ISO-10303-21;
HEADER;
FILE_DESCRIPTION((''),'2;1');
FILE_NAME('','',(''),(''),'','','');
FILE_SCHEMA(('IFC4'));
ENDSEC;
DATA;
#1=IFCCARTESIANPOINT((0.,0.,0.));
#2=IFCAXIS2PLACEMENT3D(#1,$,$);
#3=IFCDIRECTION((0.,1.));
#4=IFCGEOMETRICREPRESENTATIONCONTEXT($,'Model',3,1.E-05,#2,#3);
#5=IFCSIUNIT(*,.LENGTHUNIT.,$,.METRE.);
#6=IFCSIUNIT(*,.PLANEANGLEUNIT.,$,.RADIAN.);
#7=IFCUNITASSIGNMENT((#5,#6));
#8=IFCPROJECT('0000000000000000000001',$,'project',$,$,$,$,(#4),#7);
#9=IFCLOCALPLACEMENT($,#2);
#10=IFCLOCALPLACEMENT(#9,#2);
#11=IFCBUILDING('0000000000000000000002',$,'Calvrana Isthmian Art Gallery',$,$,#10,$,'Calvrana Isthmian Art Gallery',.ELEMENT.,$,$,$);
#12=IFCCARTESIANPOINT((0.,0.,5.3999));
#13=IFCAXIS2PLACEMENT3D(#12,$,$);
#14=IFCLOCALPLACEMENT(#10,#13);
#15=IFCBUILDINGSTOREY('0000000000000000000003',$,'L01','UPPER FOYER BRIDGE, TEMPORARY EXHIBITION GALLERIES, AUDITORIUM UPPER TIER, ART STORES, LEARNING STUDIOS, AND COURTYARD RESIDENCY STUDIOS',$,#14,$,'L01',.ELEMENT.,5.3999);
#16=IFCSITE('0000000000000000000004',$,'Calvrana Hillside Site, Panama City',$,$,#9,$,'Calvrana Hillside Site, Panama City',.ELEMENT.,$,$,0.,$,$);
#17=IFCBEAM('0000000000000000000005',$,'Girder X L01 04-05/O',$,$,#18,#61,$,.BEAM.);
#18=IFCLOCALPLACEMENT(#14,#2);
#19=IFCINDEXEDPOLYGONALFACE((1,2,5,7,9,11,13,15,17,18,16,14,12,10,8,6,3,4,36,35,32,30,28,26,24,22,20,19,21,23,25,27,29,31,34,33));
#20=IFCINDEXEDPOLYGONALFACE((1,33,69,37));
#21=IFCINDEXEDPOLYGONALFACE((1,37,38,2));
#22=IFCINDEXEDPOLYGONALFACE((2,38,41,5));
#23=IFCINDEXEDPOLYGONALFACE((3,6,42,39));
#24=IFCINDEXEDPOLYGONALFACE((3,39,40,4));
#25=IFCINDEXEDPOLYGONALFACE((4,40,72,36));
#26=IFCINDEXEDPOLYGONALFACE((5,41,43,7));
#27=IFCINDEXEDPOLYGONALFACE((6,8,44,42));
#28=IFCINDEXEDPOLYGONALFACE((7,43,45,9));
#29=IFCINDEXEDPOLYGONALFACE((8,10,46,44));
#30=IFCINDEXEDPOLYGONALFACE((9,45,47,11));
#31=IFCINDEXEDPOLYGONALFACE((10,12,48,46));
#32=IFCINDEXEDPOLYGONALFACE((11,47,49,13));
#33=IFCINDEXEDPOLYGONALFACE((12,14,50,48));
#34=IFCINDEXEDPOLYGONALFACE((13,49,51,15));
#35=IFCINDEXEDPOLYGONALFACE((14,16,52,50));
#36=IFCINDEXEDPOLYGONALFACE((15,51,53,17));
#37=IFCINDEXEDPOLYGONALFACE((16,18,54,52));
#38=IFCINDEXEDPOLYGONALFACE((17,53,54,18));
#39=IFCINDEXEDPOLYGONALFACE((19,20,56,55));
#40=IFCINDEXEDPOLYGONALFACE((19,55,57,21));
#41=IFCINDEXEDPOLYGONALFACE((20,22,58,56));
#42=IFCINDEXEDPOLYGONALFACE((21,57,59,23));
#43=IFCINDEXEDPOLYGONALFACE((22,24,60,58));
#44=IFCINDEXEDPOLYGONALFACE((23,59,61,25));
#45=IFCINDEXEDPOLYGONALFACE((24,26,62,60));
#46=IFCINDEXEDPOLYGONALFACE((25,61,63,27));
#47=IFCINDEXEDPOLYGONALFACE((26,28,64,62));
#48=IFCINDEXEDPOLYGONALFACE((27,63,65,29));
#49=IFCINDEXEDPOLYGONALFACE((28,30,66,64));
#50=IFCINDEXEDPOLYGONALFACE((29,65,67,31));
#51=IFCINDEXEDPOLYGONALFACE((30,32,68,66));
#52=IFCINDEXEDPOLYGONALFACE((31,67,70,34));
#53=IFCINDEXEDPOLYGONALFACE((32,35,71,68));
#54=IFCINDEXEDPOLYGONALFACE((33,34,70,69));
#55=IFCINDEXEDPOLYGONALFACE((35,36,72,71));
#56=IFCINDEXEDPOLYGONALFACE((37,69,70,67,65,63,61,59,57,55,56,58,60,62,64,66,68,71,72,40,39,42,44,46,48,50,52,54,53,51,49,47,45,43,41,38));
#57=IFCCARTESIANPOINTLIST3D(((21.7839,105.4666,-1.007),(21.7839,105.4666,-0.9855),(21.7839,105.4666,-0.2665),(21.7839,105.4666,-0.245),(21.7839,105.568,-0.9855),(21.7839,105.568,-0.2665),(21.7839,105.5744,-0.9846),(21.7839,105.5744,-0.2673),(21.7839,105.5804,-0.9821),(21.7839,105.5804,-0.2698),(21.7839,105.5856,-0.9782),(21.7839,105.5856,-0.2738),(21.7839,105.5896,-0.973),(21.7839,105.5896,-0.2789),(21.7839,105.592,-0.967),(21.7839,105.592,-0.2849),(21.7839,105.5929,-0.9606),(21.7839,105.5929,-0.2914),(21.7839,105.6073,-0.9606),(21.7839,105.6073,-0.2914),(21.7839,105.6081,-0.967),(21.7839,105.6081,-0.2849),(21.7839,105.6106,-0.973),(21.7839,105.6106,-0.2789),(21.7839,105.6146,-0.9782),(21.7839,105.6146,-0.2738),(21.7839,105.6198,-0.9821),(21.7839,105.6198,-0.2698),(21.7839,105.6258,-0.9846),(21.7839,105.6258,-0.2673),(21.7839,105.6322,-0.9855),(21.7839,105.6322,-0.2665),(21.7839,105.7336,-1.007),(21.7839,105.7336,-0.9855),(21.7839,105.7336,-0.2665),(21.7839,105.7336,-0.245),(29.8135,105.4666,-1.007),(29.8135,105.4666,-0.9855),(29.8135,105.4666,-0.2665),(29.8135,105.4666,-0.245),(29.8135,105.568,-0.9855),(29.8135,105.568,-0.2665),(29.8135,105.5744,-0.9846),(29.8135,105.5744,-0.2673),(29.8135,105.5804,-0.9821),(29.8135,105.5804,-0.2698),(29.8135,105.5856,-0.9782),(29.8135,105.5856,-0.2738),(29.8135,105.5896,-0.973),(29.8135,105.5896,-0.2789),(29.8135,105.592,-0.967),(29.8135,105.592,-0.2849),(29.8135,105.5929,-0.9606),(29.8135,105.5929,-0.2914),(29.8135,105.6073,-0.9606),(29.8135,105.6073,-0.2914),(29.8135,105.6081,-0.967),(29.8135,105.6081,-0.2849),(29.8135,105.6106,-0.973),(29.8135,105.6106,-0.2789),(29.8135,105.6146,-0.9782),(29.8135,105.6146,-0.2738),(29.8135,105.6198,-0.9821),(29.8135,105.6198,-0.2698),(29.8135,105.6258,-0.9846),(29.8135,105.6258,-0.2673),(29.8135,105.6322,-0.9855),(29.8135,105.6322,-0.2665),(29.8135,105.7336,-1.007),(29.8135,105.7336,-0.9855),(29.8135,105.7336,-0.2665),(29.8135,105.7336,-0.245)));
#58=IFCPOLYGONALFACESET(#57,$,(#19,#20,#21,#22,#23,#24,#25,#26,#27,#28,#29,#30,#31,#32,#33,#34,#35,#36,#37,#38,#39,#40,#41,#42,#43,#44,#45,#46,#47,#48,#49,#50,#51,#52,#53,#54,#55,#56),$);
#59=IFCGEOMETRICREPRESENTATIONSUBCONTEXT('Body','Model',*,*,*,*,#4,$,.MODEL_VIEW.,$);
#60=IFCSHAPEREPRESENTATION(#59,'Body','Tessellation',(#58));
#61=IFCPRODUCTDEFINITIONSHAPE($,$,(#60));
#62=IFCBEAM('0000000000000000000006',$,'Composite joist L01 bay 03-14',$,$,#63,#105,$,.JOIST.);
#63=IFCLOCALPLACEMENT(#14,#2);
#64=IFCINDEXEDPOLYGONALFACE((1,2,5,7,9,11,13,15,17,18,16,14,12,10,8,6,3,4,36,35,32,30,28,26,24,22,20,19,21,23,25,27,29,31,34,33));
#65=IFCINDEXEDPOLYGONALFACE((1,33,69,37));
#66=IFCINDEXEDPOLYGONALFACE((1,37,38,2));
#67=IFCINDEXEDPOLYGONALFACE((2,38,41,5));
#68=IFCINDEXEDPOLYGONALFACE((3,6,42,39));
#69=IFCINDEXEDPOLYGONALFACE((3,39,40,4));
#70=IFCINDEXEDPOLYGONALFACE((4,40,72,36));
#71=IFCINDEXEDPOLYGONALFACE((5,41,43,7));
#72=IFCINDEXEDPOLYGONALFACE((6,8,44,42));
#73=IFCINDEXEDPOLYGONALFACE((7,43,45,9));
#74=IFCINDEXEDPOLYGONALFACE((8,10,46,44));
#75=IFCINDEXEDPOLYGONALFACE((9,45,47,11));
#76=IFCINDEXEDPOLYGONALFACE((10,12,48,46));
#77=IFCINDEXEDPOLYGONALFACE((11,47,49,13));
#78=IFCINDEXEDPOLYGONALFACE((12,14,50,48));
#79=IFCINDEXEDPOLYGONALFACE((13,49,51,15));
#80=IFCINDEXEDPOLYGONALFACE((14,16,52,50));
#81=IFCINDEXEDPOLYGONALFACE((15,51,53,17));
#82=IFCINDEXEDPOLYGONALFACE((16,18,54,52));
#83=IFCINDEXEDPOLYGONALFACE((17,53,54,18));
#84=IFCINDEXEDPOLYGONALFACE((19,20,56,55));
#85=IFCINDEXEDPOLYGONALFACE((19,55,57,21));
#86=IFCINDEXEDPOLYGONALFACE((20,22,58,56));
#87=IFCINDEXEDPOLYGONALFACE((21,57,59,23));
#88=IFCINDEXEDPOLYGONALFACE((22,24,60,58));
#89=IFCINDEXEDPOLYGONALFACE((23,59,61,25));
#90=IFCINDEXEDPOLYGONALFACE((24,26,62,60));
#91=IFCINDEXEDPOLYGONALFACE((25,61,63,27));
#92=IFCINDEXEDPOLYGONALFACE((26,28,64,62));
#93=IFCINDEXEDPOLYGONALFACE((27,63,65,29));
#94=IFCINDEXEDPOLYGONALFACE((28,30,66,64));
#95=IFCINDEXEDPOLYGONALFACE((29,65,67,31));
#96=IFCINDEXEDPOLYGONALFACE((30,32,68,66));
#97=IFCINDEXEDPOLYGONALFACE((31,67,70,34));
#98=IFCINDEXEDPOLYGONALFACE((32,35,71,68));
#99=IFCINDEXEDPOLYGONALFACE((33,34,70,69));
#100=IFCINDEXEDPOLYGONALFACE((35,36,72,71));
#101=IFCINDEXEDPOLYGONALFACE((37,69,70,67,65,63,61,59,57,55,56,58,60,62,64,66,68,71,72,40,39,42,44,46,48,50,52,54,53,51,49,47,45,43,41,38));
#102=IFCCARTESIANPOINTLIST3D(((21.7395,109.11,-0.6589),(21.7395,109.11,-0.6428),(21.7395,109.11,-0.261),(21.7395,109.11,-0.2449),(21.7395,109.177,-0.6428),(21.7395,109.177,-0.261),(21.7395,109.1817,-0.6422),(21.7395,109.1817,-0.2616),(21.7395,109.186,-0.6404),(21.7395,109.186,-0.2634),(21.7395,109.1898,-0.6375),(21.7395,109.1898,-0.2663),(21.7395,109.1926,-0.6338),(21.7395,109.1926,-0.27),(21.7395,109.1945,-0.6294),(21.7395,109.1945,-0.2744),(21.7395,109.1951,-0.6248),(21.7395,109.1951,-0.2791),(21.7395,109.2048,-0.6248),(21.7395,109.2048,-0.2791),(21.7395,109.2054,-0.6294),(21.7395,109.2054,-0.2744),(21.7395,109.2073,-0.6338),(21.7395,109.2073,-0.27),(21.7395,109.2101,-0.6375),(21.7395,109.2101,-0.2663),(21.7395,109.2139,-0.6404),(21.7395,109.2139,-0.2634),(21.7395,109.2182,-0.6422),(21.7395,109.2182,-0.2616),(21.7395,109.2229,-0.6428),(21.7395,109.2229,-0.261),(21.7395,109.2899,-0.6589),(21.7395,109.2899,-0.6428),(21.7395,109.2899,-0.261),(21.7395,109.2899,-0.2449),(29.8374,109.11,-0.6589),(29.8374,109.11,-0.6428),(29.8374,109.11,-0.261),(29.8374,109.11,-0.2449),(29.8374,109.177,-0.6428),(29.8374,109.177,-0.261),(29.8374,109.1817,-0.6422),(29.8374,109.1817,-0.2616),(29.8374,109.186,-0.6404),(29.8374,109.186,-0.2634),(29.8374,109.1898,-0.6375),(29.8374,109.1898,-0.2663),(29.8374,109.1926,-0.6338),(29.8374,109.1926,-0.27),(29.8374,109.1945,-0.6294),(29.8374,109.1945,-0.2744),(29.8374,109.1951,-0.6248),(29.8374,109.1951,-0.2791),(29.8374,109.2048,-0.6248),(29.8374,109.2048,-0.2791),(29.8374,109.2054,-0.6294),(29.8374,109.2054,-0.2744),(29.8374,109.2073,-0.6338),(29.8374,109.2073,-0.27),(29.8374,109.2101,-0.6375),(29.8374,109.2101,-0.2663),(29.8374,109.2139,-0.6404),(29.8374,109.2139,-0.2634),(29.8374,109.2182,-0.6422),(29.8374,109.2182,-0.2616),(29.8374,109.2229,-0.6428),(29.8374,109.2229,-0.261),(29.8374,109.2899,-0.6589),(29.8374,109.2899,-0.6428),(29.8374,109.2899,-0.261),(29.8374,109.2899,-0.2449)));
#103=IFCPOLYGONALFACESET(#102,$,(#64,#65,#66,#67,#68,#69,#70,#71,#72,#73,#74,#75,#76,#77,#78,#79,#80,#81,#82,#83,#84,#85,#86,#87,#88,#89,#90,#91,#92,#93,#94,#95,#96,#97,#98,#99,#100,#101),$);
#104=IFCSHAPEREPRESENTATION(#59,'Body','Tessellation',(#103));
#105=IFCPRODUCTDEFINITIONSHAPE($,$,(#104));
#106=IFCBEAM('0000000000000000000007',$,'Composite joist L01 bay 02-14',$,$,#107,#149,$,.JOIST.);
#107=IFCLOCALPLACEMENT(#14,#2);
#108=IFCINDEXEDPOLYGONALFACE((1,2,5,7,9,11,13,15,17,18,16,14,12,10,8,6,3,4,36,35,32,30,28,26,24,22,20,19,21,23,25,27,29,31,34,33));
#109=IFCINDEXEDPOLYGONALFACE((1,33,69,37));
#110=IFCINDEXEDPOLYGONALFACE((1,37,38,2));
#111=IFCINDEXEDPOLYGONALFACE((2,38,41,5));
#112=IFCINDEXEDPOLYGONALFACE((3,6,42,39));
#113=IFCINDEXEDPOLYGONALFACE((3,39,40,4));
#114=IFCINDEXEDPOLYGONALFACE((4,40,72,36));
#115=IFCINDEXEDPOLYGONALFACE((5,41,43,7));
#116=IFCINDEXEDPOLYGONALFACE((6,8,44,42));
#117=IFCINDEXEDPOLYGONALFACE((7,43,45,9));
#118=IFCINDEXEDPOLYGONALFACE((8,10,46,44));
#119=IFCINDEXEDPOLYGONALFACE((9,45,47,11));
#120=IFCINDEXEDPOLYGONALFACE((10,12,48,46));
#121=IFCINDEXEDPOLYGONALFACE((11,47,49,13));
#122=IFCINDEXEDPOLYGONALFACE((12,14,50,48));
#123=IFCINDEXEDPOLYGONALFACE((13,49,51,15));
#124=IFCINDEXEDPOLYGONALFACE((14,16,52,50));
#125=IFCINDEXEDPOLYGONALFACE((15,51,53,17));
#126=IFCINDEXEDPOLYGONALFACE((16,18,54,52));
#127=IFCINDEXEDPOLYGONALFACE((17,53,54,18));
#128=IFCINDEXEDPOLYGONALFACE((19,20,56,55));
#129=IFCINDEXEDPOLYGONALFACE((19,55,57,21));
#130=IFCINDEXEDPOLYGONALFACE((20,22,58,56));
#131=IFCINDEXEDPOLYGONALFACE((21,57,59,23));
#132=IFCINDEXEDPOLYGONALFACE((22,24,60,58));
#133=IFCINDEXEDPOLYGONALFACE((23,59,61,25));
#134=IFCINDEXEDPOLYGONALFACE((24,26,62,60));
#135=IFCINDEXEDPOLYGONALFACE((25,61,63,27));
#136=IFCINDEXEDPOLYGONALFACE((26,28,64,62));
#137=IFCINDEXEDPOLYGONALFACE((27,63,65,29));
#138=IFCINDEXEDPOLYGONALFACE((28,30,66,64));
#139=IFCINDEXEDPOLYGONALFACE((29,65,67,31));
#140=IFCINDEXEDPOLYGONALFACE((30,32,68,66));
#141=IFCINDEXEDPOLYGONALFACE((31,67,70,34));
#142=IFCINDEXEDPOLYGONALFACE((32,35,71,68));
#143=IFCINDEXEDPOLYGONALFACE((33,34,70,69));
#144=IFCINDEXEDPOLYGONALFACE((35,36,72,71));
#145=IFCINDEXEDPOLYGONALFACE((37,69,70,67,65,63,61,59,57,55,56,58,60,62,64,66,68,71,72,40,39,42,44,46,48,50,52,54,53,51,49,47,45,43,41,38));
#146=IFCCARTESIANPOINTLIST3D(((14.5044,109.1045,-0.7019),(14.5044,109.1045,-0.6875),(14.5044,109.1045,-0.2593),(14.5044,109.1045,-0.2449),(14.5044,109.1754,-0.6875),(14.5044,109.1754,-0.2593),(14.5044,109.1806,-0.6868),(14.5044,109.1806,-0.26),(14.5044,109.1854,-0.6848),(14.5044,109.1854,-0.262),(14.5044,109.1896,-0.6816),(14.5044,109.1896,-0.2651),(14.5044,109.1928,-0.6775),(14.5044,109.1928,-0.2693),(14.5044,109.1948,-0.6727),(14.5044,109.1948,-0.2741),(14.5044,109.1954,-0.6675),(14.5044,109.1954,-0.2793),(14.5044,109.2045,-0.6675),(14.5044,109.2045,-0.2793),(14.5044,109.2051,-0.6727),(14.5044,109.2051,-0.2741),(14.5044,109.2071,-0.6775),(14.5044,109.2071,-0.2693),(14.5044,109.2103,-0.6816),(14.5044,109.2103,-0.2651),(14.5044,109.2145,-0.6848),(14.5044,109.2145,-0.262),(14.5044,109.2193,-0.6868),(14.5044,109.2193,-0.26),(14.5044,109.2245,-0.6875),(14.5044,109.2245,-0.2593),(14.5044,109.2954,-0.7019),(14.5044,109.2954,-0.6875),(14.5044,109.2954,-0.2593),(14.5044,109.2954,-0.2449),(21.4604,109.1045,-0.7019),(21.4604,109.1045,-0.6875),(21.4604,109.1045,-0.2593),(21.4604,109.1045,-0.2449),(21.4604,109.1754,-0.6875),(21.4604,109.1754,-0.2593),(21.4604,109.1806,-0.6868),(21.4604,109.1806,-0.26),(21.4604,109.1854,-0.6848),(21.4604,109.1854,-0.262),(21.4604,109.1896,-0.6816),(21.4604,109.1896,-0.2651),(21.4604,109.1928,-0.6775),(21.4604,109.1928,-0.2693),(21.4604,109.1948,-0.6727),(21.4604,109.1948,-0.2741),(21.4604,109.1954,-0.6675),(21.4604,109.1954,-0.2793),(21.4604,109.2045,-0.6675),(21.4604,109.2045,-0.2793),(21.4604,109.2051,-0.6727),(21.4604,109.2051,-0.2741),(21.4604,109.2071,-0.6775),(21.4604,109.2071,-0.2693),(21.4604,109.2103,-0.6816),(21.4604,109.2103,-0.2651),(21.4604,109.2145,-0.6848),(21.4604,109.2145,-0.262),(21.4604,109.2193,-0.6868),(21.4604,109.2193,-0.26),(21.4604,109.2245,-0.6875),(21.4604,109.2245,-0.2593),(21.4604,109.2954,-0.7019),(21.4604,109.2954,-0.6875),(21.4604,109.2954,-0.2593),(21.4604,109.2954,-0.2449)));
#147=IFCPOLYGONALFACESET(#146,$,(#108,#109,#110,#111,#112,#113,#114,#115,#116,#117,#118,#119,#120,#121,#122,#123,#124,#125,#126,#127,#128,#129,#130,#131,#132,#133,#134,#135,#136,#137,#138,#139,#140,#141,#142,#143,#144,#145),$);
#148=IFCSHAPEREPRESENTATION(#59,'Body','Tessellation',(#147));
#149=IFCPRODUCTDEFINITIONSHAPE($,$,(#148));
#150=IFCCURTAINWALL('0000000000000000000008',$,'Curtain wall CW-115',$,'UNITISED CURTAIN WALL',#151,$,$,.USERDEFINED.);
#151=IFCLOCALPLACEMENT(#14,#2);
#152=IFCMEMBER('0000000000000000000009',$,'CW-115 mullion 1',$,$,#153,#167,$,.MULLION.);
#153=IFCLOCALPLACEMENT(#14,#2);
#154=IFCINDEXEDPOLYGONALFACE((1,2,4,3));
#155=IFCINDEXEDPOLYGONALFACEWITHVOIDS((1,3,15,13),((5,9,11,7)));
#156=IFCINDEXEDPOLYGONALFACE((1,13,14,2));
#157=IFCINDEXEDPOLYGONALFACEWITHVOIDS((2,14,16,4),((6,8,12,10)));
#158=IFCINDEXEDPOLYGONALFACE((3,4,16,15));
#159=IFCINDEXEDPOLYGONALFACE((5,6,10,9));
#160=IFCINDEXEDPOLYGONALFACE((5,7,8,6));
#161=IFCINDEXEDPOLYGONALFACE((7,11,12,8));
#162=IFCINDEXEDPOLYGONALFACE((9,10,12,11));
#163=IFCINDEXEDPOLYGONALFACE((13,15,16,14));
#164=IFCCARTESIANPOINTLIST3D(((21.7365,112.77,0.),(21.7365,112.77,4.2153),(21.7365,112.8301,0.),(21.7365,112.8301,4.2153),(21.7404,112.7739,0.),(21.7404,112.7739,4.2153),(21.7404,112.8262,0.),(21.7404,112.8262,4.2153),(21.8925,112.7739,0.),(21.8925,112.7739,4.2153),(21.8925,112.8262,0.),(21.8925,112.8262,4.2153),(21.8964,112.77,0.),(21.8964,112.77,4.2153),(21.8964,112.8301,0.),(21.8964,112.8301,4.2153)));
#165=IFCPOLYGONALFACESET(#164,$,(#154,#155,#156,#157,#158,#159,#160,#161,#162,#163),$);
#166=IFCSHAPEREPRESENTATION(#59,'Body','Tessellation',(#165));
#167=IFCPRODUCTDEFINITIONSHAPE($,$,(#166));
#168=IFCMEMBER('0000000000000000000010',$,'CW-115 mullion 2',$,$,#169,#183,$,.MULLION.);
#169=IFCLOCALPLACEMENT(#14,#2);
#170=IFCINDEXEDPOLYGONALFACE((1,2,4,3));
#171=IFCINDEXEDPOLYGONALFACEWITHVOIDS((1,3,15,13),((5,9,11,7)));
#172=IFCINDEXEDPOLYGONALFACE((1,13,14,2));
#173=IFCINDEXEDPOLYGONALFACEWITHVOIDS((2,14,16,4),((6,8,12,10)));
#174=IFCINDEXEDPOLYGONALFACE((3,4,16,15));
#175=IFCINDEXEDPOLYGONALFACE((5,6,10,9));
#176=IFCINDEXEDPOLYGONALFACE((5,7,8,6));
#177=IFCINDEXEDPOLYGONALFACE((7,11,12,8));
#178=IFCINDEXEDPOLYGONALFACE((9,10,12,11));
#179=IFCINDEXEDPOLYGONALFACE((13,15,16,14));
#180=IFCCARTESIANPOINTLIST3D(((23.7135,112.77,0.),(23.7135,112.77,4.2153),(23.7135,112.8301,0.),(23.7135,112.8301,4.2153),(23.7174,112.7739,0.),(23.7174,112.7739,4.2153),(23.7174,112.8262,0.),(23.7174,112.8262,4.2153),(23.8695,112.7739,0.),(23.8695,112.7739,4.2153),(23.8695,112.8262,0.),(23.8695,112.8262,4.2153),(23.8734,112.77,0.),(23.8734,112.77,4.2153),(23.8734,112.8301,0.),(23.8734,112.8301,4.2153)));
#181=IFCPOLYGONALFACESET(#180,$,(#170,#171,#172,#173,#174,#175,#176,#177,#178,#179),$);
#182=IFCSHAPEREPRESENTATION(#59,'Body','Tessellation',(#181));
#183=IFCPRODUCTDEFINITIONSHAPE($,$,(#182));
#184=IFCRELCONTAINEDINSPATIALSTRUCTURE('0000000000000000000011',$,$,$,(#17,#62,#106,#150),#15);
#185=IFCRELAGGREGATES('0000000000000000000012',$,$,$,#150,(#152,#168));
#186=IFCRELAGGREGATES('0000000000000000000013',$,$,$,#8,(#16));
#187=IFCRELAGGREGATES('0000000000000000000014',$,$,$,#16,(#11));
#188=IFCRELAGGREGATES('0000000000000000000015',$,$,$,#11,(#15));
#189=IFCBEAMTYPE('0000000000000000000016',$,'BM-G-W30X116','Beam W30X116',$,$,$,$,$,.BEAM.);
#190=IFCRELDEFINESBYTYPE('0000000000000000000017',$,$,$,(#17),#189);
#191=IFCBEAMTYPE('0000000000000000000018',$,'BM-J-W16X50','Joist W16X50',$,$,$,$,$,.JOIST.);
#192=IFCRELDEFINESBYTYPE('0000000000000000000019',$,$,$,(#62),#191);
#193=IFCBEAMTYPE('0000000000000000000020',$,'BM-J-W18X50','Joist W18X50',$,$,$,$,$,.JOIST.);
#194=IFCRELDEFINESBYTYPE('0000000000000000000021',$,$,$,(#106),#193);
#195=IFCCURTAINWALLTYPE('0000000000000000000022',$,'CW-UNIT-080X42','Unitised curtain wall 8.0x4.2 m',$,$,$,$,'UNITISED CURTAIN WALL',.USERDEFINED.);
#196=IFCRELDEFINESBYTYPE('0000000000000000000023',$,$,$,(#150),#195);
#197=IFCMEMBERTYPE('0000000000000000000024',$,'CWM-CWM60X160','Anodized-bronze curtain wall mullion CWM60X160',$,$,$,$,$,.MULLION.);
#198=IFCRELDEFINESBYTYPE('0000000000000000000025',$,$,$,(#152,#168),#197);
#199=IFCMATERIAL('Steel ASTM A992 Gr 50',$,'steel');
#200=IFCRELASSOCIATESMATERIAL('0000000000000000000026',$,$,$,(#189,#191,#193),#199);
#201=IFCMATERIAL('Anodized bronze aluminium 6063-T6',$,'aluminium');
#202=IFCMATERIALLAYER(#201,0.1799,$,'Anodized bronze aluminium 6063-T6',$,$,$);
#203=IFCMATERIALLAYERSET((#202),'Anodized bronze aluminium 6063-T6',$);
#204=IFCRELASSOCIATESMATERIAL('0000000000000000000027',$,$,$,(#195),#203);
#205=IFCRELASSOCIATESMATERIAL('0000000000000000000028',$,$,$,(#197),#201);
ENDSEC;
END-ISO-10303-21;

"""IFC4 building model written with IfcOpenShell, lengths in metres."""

from ifc_helpers import new_model, si_unit, direction, frame, origin, origin_2d, place, context, subcontext, project, spatial, hollow_rectangle, i_section, extrude, material, layer, layer_set, material_profile, profile_set, type_object, element, aggregate, save


model = new_model("IFC4")

# Units and contexts
model_context = context("Model", 3, precision=1e-05, world=origin(), true_north=direction((0.0, 1.0)))
body_context = subcontext(model_context, "Body", "Model", "MODEL_VIEW")
ifc_project = project(units=[si_unit("LENGTHUNIT", "METRE"), si_unit("PLANEANGLEUNIT", "RADIAN")], contexts=[model_context])

# Site, building, storey
site_placement = place(None, origin())
site = spatial("IfcSite", under=ifc_project, at=site_placement, Name="Calvrana Hillside Site, Panama City", LongName="Calvrana Hillside Site, Panama City", CompositionType="ELEMENT", RefElevation=0.0)
building_placement = place(site_placement, origin())
building = spatial("IfcBuilding", under=site, at=building_placement, Name="Calvrana Isthmian Art Gallery", LongName="Calvrana Isthmian Art Gallery", CompositionType="ELEMENT")
storey_placement = place(building_placement, frame((0.0, 0.0, 5.3999)))
storey = spatial("IfcBuildingStorey", under=building, at=storey_placement, Name="L01", Description="UPPER FOYER BRIDGE, TEMPORARY EXHIBITION GALLERIES, AUDITORIUM UPPER TIER, ART STORES, LEARNING STUDIOS, AND COURTYARD RESIDENCY STUDIOS", LongName="L01", CompositionType="ELEMENT", Elevation=5.3999)

# Shared definitions
ifc_material_1 = material(Name="Steel ASTM A992 Gr 50", Category="steel")

# Beams
ifc_material_profile_1 = material_profile(ifc_material_1, i_section(OverallWidth=0.2671, OverallDepth=0.762, WebThickness=0.0144, FlangeThickness=0.0215, FilletRadius=0.0249, at=origin_2d()), Name="W30X116")
ifc_profile_set_1 = profile_set([ifc_material_profile_1], Name="Steel ASTM A992 Gr 50")
beam_type_1 = type_object("IfcBeamType", Name="BM-G-W30X116", Description="Beam W30X116", PredefinedType="BEAM", material=ifc_profile_set_1)
beam_1_placement = place(storey_placement, frame((21.7839, 105.6001, -0.626), z_axis=(1.0, 0.0, 0.0), x_axis=(0.0, 1.0, 0.0)))
element("IfcBeam", 1, at=beam_1_placement, inside=storey, type_object=beam_type_1, Name="Girder X L01 04-05/O", PredefinedType="BEAM", context=body_context, shape_type="SweptSolid", body=[
    extrude(i_section(OverallWidth=0.2671, OverallDepth=0.762, WebThickness=0.0144, FlangeThickness=0.0215, FilletRadius=0.0249, at=origin_2d()), origin(), (0.0, 0.0, 1.0), 8.0295),
])
ifc_material_profile_2 = material_profile(ifc_material_1, i_section(OverallWidth=0.1799, OverallDepth=0.4141, WebThickness=0.0098, FlangeThickness=0.0161, FilletRadius=0.0181, at=origin_2d()), Name="W16X50")
ifc_profile_set_2 = profile_set([ifc_material_profile_2], Name="Steel ASTM A992 Gr 50")
beam_type_2 = type_object("IfcBeamType", Name="BM-J-W16X50", Description="Joist W16X50", PredefinedType="JOIST", material=ifc_profile_set_2)
beam_2_placement = place(storey_placement, frame((21.7395, 109.2, -0.4519), z_axis=(1.0, 0.0, 0.0), x_axis=(0.0, 1.0, 0.0)))
element("IfcBeam", 2, at=beam_2_placement, inside=storey, type_object=beam_type_2, Name="Composite joist L01 bay 03-14", PredefinedType="JOIST", context=body_context, shape_type="SweptSolid", body=[
    extrude(i_section(OverallWidth=0.1799, OverallDepth=0.4141, WebThickness=0.0098, FlangeThickness=0.0161, FilletRadius=0.0181, at=origin_2d()), origin(), (0.0, 0.0, 1.0), 8.0979),
])
ifc_material_profile_3 = material_profile(ifc_material_1, i_section(OverallWidth=0.1909, OverallDepth=0.457, WebThickness=0.009, FlangeThickness=0.0144, FilletRadius=0.02, at=origin_2d()), Name="W18X50")
ifc_profile_set_3 = profile_set([ifc_material_profile_3], Name="Steel ASTM A992 Gr 50")
beam_type_3 = type_object("IfcBeamType", Name="BM-J-W18X50", Description="Joist W18X50", PredefinedType="JOIST", material=ifc_profile_set_3)
beam_3_placement = place(storey_placement, frame((14.5044, 109.2, -0.4734), z_axis=(1.0, 0.0, 0.0), x_axis=(0.0, 1.0, 0.0)))
element("IfcBeam", 3, at=beam_3_placement, inside=storey, type_object=beam_type_3, Name="Composite joist L01 bay 02-14", PredefinedType="JOIST", context=body_context, shape_type="SweptSolid", body=[
    extrude(i_section(OverallWidth=0.1909, OverallDepth=0.457, WebThickness=0.009, FlangeThickness=0.0144, FilletRadius=0.02, at=origin_2d()), origin(), (0.0, 0.0, 1.0), 6.9561),
])

# Curtain wall, members
ifc_material_2 = material(Name="Anodized bronze aluminium 6063-T6", Category="aluminium")
ifc_layer_1 = layer(ifc_material_2, 0.1799, Name="Anodized bronze aluminium 6063-T6")
ifc_layer_set_1 = layer_set([ifc_layer_1], Name="Anodized bronze aluminium 6063-T6")
curtain_wall_type = type_object("IfcCurtainWallType", Name="CW-UNIT-080X42", Description="Unitised curtain wall 8.0x4.2 m", ElementType="UNITISED CURTAIN WALL", PredefinedType="USERDEFINED", material=ifc_layer_set_1)
curtain_wall_placement = place(storey_placement, origin())
curtain_wall = element("IfcCurtainWall", 4, at=curtain_wall_placement, inside=storey, type_object=curtain_wall_type, Name="Curtain wall CW-115", ObjectType="UNITISED CURTAIN WALL", PredefinedType="USERDEFINED")
ifc_material_profile_4 = material_profile(ifc_material_2, hollow_rectangle(XDim=0.0601, YDim=0.1599, WallThickness=0.0039, at=origin_2d()), Name="CWM60X160")
ifc_profile_set_4 = profile_set([ifc_material_profile_4], Name="Anodized bronze aluminium 6063-T6")
member_type_1 = type_object("IfcMemberType", Name="CWM-CWM60X160", Description="Anodized-bronze curtain wall mullion CWM60X160", PredefinedType="MULLION", material=ifc_profile_set_4)
member_1_placement = place(storey_placement, frame((21.8164, 112.8, 0.0), z_axis=(0.0, 0.0, 1.0), x_axis=(0.0, 1.0, 0.0)))
member_1 = element("IfcMember", 5, at=member_1_placement, type_object=member_type_1, Name="CW-115 mullion 1", PredefinedType="MULLION", context=body_context, shape_type="SweptSolid", body=[
    extrude(hollow_rectangle(XDim=0.0601, YDim=0.1599, WallThickness=0.0039, at=origin_2d()), origin(), (0.0, 0.0, 1.0), 4.2153),
])
member_2_placement = place(storey_placement, frame((23.7935, 112.8, 0.0), z_axis=(0.0, 0.0, 1.0), x_axis=(0.0, 1.0, 0.0)))
member_2 = element("IfcMember", 6, at=member_2_placement, type_object=member_type_1, Name="CW-115 mullion 2", PredefinedType="MULLION", context=body_context, shape_type="SweptSolid", body=[
    extrude(hollow_rectangle(XDim=0.0601, YDim=0.1599, WallThickness=0.0039, at=origin_2d()), origin(), (0.0, 0.0, 1.0), 4.2153),
])
aggregate(curtain_wall, [member_1, member_2])

save(model, "model.ifc")
